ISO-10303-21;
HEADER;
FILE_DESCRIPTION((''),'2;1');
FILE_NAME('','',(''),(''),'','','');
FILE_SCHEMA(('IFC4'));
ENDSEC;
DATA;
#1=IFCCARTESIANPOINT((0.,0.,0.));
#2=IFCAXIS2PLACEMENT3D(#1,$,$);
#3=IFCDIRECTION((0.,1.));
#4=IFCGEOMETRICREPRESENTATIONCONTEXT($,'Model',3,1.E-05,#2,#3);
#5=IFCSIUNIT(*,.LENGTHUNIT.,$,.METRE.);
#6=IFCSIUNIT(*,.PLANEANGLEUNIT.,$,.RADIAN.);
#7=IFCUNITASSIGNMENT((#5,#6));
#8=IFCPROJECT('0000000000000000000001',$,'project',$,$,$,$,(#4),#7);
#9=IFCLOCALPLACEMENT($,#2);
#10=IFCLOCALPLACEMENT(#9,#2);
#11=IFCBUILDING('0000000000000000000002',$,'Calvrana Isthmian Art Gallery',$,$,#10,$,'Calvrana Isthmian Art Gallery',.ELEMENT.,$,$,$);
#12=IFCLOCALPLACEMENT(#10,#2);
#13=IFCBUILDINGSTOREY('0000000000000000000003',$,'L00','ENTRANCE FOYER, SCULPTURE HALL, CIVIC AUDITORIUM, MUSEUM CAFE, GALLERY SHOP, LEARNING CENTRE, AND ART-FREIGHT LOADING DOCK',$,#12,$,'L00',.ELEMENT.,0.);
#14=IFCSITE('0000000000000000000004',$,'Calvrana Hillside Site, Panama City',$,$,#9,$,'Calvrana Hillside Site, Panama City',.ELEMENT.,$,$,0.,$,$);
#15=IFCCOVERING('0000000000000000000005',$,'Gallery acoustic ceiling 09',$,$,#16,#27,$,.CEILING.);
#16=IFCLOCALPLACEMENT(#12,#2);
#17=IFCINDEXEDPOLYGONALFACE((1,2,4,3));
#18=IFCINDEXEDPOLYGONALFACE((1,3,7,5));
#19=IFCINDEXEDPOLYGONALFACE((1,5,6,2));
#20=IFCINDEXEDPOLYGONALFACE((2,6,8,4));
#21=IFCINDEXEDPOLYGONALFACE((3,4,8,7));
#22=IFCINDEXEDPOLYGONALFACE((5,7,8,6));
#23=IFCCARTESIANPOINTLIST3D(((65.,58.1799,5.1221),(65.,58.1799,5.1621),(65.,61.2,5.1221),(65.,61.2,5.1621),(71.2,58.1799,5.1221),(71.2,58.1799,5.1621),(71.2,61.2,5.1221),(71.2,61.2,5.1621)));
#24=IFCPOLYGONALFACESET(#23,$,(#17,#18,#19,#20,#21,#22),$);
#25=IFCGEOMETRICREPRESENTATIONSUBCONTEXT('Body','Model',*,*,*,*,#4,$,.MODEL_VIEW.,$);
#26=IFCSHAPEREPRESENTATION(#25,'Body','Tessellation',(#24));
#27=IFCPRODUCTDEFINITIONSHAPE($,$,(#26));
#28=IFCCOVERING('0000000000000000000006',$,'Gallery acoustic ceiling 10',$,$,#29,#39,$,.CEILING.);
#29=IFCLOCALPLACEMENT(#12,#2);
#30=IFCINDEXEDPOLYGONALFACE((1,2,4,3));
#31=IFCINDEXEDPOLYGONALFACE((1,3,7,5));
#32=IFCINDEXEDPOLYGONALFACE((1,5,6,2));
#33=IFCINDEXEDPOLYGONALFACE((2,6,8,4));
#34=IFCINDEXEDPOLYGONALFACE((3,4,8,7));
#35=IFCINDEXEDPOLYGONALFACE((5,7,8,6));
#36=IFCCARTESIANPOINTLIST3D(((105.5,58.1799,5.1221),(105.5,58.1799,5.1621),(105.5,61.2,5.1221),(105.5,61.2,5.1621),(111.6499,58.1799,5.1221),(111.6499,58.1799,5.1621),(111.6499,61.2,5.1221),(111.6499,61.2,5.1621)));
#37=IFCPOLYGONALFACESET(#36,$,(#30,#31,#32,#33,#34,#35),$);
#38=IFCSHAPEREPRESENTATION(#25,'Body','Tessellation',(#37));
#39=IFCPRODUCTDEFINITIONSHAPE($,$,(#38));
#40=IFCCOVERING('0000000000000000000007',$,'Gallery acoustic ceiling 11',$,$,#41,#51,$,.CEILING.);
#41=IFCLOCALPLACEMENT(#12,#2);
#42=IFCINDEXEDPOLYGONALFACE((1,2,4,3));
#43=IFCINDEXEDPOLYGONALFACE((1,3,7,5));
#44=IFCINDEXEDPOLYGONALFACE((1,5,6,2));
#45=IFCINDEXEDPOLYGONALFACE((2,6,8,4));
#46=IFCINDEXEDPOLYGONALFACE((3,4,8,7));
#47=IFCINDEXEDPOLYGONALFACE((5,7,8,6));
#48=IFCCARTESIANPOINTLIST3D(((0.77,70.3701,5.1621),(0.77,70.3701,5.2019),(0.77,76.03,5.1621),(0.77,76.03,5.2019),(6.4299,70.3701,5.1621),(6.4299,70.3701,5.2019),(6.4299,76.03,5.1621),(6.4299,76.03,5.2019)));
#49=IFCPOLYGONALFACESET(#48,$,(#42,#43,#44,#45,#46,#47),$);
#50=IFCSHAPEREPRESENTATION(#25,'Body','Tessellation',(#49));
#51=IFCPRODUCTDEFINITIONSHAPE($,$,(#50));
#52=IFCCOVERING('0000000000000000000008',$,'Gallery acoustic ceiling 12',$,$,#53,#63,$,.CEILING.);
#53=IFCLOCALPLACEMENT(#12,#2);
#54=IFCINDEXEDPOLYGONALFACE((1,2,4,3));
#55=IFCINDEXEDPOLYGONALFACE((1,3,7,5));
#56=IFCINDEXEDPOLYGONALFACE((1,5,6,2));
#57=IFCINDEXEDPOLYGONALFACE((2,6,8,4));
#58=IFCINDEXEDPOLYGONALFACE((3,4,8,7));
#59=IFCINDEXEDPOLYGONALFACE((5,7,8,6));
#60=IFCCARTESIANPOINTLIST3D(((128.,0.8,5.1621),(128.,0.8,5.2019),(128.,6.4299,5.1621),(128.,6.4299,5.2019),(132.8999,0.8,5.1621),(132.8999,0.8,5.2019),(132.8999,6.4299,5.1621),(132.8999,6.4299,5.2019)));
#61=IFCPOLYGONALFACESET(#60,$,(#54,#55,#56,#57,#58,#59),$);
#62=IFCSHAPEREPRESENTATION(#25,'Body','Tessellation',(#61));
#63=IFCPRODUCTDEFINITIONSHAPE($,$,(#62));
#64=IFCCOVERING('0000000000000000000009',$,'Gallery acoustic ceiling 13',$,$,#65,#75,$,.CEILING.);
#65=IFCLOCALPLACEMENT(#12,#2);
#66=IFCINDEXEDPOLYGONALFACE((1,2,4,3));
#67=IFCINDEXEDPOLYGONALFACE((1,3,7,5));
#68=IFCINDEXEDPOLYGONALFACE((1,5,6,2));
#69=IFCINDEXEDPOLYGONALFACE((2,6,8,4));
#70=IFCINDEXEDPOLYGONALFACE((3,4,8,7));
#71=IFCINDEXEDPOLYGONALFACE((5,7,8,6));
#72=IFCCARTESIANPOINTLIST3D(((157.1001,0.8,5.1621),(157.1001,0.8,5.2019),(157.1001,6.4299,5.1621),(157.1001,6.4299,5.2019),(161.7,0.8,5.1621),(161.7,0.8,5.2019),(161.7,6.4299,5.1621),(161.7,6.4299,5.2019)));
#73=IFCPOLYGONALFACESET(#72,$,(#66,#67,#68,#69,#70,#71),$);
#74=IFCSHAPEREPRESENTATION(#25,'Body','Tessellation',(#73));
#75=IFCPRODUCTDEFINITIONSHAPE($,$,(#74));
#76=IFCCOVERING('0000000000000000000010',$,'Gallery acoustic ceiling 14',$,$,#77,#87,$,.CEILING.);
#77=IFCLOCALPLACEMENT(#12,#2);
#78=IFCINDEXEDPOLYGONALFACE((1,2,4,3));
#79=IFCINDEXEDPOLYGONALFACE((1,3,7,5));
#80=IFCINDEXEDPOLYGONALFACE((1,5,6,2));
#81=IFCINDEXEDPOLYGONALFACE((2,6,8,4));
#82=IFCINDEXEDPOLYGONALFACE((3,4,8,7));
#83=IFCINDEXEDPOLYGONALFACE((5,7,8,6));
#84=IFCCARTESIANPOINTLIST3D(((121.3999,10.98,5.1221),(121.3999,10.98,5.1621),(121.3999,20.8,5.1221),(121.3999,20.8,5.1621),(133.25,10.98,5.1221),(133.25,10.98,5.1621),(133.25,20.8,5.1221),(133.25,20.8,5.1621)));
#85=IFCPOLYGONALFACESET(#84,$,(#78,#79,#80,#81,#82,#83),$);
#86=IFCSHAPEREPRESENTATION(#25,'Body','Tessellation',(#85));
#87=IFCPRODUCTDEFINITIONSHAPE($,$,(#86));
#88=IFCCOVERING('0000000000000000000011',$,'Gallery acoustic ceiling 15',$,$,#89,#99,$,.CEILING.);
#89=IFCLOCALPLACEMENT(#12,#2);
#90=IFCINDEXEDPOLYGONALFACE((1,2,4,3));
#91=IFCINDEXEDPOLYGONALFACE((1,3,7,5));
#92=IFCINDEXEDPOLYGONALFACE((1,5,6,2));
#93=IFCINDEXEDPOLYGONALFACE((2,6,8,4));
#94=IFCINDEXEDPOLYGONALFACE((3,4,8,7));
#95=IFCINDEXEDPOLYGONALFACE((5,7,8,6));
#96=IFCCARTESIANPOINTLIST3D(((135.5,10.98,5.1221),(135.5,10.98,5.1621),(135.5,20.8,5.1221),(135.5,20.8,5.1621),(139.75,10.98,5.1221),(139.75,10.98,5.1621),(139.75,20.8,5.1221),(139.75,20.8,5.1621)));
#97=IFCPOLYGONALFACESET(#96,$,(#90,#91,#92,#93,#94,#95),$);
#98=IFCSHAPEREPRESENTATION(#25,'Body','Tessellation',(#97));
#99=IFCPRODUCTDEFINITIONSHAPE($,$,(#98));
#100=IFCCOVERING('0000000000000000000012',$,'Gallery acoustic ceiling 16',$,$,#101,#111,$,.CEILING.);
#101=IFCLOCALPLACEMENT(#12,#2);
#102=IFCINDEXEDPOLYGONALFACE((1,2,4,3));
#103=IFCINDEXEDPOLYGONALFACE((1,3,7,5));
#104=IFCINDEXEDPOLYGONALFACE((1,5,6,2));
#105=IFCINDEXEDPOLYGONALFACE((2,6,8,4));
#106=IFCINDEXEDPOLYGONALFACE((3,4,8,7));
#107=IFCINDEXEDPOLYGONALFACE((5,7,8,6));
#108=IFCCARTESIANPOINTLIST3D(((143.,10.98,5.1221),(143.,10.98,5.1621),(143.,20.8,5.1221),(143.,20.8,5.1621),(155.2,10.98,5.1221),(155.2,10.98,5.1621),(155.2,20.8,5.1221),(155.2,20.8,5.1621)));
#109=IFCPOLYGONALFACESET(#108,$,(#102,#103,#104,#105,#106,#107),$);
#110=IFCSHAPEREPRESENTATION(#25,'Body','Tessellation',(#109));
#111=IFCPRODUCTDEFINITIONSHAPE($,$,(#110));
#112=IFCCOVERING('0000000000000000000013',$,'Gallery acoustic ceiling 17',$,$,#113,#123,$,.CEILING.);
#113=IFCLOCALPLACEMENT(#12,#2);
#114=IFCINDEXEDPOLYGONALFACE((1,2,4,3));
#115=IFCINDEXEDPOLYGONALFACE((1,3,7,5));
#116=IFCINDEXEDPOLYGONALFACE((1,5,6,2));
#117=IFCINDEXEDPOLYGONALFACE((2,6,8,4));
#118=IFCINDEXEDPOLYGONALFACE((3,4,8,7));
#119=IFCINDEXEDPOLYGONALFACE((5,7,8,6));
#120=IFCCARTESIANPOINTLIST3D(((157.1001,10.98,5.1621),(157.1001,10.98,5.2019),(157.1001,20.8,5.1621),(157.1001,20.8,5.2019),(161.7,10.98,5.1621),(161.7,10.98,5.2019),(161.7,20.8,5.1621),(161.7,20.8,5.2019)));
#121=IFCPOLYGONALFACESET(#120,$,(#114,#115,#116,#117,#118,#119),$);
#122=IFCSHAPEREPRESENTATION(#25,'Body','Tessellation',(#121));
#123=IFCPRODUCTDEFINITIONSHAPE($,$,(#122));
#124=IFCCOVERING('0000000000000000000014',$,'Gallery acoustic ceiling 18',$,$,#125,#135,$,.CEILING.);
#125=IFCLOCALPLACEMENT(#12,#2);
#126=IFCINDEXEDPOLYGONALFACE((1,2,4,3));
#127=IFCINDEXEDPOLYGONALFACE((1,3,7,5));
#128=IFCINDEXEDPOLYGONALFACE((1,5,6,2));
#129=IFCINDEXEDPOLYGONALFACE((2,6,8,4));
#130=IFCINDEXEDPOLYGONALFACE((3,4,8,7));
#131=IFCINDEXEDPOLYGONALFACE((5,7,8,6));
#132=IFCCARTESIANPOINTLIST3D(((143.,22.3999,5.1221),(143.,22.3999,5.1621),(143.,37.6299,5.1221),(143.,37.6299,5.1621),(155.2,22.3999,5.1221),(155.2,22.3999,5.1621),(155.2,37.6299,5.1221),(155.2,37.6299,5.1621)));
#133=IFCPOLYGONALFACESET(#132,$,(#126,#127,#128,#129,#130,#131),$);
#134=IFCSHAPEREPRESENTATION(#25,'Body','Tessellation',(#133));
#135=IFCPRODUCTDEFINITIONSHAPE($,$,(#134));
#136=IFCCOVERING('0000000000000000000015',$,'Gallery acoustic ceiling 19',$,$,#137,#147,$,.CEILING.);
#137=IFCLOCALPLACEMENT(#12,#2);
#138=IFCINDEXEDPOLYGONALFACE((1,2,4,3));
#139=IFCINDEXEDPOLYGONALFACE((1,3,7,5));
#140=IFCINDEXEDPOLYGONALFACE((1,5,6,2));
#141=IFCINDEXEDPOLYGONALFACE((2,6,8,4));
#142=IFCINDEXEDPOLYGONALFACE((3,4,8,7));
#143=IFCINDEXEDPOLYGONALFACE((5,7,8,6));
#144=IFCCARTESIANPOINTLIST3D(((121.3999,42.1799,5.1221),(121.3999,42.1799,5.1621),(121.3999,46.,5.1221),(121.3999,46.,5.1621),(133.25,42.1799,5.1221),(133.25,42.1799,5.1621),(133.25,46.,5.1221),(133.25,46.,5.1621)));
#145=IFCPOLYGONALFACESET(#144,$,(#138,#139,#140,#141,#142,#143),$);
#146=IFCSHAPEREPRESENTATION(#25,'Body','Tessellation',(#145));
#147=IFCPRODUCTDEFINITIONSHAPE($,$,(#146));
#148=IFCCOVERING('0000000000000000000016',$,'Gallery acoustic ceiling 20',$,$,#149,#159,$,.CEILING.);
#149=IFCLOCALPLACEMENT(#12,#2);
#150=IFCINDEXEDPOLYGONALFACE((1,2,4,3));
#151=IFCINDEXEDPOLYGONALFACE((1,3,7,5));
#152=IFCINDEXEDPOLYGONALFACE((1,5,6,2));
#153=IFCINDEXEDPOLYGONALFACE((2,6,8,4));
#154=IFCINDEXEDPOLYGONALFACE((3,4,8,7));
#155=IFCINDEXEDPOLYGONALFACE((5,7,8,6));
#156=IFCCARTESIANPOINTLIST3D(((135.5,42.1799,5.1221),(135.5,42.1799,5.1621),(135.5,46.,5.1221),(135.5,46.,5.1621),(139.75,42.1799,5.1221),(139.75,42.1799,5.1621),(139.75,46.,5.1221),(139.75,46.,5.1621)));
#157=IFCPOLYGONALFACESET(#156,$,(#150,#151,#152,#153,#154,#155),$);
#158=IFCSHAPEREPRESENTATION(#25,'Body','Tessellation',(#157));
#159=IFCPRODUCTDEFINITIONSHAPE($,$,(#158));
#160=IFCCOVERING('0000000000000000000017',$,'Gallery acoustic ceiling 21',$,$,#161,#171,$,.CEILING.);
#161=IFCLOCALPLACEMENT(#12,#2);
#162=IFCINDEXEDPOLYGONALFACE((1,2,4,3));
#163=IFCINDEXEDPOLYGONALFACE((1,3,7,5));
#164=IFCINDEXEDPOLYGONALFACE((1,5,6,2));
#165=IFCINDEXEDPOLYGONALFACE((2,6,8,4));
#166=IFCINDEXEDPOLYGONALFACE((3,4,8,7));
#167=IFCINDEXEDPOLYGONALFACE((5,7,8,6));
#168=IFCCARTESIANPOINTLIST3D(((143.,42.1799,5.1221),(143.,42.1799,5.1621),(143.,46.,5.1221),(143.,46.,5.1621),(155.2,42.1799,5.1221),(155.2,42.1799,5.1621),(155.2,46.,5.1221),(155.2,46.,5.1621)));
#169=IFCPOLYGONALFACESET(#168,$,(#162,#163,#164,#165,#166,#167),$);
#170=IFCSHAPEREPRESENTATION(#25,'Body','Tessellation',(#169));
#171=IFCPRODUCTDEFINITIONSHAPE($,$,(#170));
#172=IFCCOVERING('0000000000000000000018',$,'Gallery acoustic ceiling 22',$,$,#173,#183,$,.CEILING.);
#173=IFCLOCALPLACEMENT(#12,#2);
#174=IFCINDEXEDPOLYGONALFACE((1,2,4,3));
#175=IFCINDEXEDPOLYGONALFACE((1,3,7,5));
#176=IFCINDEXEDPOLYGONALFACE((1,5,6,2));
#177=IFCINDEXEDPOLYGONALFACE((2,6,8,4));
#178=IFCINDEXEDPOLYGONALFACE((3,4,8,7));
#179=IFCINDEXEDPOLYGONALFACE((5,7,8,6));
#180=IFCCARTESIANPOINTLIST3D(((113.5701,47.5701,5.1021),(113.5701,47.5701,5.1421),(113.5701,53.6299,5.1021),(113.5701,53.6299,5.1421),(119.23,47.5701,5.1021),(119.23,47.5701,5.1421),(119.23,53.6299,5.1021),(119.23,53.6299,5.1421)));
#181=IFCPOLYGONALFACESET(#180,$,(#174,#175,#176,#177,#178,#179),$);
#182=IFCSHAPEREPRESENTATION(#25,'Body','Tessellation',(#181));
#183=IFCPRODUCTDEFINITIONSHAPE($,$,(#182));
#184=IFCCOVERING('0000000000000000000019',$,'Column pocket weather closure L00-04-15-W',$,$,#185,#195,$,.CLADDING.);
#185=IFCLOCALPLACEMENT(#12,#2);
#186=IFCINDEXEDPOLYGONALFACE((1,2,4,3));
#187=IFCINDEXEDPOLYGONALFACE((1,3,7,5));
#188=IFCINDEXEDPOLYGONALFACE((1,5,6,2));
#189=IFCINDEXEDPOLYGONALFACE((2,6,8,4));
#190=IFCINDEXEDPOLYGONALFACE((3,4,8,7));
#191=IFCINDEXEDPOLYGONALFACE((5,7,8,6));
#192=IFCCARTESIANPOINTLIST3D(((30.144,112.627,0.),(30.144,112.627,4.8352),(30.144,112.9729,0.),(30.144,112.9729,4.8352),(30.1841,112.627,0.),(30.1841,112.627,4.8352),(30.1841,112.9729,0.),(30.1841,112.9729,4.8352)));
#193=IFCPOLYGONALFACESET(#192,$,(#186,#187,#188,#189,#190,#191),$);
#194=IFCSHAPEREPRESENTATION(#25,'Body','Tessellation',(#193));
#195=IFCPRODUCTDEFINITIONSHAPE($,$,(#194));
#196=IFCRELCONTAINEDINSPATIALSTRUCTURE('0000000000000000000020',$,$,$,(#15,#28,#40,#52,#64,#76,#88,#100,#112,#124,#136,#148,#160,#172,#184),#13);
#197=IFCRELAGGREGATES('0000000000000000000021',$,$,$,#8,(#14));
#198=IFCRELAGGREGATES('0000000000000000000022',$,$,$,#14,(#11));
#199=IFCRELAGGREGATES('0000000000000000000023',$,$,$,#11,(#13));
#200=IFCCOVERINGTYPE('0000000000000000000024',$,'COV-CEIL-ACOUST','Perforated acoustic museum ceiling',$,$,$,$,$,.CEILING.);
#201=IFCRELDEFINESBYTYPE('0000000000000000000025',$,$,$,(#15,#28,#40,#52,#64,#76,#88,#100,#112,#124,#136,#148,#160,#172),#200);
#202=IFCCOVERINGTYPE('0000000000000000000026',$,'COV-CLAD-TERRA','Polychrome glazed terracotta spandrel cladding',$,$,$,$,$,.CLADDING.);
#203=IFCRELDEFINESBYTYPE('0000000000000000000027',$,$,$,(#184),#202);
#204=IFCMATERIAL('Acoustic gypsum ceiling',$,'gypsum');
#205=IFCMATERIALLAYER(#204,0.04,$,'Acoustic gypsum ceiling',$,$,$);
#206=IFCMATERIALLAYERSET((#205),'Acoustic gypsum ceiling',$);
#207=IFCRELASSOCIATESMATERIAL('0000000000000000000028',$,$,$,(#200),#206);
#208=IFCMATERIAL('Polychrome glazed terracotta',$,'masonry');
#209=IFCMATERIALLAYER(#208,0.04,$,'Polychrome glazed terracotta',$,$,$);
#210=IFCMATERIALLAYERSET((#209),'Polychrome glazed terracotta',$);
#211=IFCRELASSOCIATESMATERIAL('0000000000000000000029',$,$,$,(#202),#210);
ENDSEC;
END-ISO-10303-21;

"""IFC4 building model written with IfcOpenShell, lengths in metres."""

from ifc_helpers import new_model, si_unit, direction, frame, origin, place, context, subcontext, project, spatial, polyline, outline, extrude, material, layer, layer_set, type_object, element, save


model = new_model("IFC4")

# Units and contexts
model_context = context("Model", 3, precision=1e-05, world=origin(), true_north=direction((0.0, 1.0)))
body_context = subcontext(model_context, "Body", "Model", "MODEL_VIEW")
ifc_project = project(units=[si_unit("LENGTHUNIT", "METRE"), si_unit("PLANEANGLEUNIT", "RADIAN")], contexts=[model_context])

# Site, building, storey
site_placement = place(None, origin())
site = spatial("IfcSite", under=ifc_project, at=site_placement, Name="Calvrana Hillside Site, Panama City", LongName="Calvrana Hillside Site, Panama City", CompositionType="ELEMENT", RefElevation=0.0)
building_placement = place(site_placement, origin())
building = spatial("IfcBuilding", under=site, at=building_placement, Name="Calvrana Isthmian Art Gallery", LongName="Calvrana Isthmian Art Gallery", CompositionType="ELEMENT")
storey_placement = place(building_placement, origin())
storey = spatial("IfcBuildingStorey", under=building, at=storey_placement, Name="L00", Description="ENTRANCE FOYER, SCULPTURE HALL, CIVIC AUDITORIUM, MUSEUM CAFE, GALLERY SHOP, LEARNING CENTRE, AND ART-FREIGHT LOADING DOCK", LongName="L00", CompositionType="ELEMENT", Elevation=0.0)

# Coverings
ifc_material_1 = material(Name="Acoustic gypsum ceiling", Category="gypsum")
ifc_layer_1 = layer(ifc_material_1, 0.04, Name="Acoustic gypsum ceiling")
ifc_layer_set_1 = layer_set([ifc_layer_1], Name="Acoustic gypsum ceiling")
covering_type_1 = type_object("IfcCoveringType", Name="COV-CEIL-ACOUST", Description="Perforated acoustic museum ceiling", PredefinedType="CEILING", material=ifc_layer_set_1)
covering_1_placement = place(storey_placement, frame((0.0, 0.0, 5.1221)))
element("IfcCovering", 1, at=covering_1_placement, inside=storey, type_object=covering_type_1, Name="Gallery acoustic ceiling 09", PredefinedType="CEILING", context=body_context, shape_type="SweptSolid", body=[
    extrude(outline(polyline([(65.0, 58.1799), (71.2, 58.1799), (71.2, 61.2), (65.0, 61.2), (65.0, 58.1799)])), origin(), (0.0, 0.0, 1.0), 0.04),
])
covering_2_placement = place(storey_placement, frame((0.0, 0.0, 5.1221)))
element("IfcCovering", 2, at=covering_2_placement, inside=storey, type_object=covering_type_1, Name="Gallery acoustic ceiling 10", PredefinedType="CEILING", context=body_context, shape_type="SweptSolid", body=[
    extrude(outline(polyline([(105.5, 58.1799), (111.6499, 58.1799), (111.6499, 61.2), (105.5, 61.2), (105.5, 58.1799)])), origin(), (0.0, 0.0, 1.0), 0.04),
])
covering_3_placement = place(storey_placement, frame((0.0, 0.0, 5.1621)))
element("IfcCovering", 3, at=covering_3_placement, inside=storey, type_object=covering_type_1, Name="Gallery acoustic ceiling 11", PredefinedType="CEILING", context=body_context, shape_type="SweptSolid", body=[
    extrude(outline(polyline([(0.77, 70.3701), (6.4299, 70.3701), (6.4299, 76.03), (0.77, 76.03), (0.77, 70.3701)])), origin(), (0.0, 0.0, 1.0), 0.0398),
])
covering_4_placement = place(storey_placement, frame((0.0, 0.0, 5.1621)))
element("IfcCovering", 4, at=covering_4_placement, inside=storey, type_object=covering_type_1, Name="Gallery acoustic ceiling 12", PredefinedType="CEILING", context=body_context, shape_type="SweptSolid", body=[
    extrude(outline(polyline([(128.0, 0.8), (132.8999, 0.8), (132.8999, 6.4299), (128.0, 6.4299), (128.0, 0.8)])), origin(), (0.0, 0.0, 1.0), 0.0398),
])
covering_5_placement = place(storey_placement, frame((0.0, 0.0, 5.1621)))
element("IfcCovering", 5, at=covering_5_placement, inside=storey, type_object=covering_type_1, Name="Gallery acoustic ceiling 13", PredefinedType="CEILING", context=body_context, shape_type="SweptSolid", body=[
    extrude(outline(polyline([(157.1001, 0.8), (161.7, 0.8), (161.7, 6.4299), (157.1001, 6.4299), (157.1001, 0.8)])), origin(), (0.0, 0.0, 1.0), 0.0398),
])
covering_6_placement = place(storey_placement, frame((0.0, 0.0, 5.1221)))
element("IfcCovering", 6, at=covering_6_placement, inside=storey, type_object=covering_type_1, Name="Gallery acoustic ceiling 14", PredefinedType="CEILING", context=body_context, shape_type="SweptSolid", body=[
    extrude(outline(polyline([(121.3999, 10.98), (133.25, 10.98), (133.25, 20.8), (121.3999, 20.8), (121.3999, 10.98)])), origin(), (0.0, 0.0, 1.0), 0.04),
])
covering_7_placement = place(storey_placement, frame((0.0, 0.0, 5.1221)))
element("IfcCovering", 7, at=covering_7_placement, inside=storey, type_object=covering_type_1, Name="Gallery acoustic ceiling 15", PredefinedType="CEILING", context=body_context, shape_type="SweptSolid", body=[
    extrude(outline(polyline([(135.5, 10.98), (139.75, 10.98), (139.75, 20.8), (135.5, 20.8), (135.5, 10.98)])), origin(), (0.0, 0.0, 1.0), 0.04),
])
covering_8_placement = place(storey_placement, frame((0.0, 0.0, 5.1221)))
element("IfcCovering", 8, at=covering_8_placement, inside=storey, type_object=covering_type_1, Name="Gallery acoustic ceiling 16", PredefinedType="CEILING", context=body_context, shape_type="SweptSolid", body=[
    extrude(outline(polyline([(143.0, 10.98), (155.2, 10.98), (155.2, 20.8), (143.0, 20.8), (143.0, 10.98)])), origin(), (0.0, 0.0, 1.0), 0.04),
])
covering_9_placement = place(storey_placement, frame((0.0, 0.0, 5.1621)))
element("IfcCovering", 9, at=covering_9_placement, inside=storey, type_object=covering_type_1, Name="Gallery acoustic ceiling 17", PredefinedType="CEILING", context=body_context, shape_type="SweptSolid", body=[
    extrude(outline(polyline([(157.1001, 10.98), (161.7, 10.98), (161.7, 20.8), (157.1001, 20.8), (157.1001, 10.98)])), origin(), (0.0, 0.0, 1.0), 0.0398),
])
covering_10_placement = place(storey_placement, frame((0.0, 0.0, 5.1221)))
element("IfcCovering", 10, at=covering_10_placement, inside=storey, type_object=covering_type_1, Name="Gallery acoustic ceiling 18", PredefinedType="CEILING", context=body_context, shape_type="SweptSolid", body=[
    extrude(outline(polyline([(143.0, 22.3999), (155.2, 22.3999), (155.2, 37.6299), (143.0, 37.6299), (143.0, 22.3999)])), origin(), (0.0, 0.0, 1.0), 0.04),
])
covering_11_placement = place(storey_placement, frame((0.0, 0.0, 5.1221)))
element("IfcCovering", 11, at=covering_11_placement, inside=storey, type_object=covering_type_1, Name="Gallery acoustic ceiling 19", PredefinedType="CEILING", context=body_context, shape_type="SweptSolid", body=[
    extrude(outline(polyline([(121.3999, 42.1799), (133.25, 42.1799), (133.25, 46.0), (121.3999, 46.0), (121.3999, 42.1799)])), origin(), (0.0, 0.0, 1.0), 0.04),
])
covering_12_placement = place(storey_placement, frame((0.0, 0.0, 5.1221)))
element("IfcCovering", 12, at=covering_12_placement, inside=storey, type_object=covering_type_1, Name="Gallery acoustic ceiling 20", PredefinedType="CEILING", context=body_context, shape_type="SweptSolid", body=[
    extrude(outline(polyline([(135.5, 42.1799), (139.75, 42.1799), (139.75, 46.0), (135.5, 46.0), (135.5, 42.1799)])), origin(), (0.0, 0.0, 1.0), 0.04),
])
covering_13_placement = place(storey_placement, frame((0.0, 0.0, 5.1221)))
element("IfcCovering", 13, at=covering_13_placement, inside=storey, type_object=covering_type_1, Name="Gallery acoustic ceiling 21", PredefinedType="CEILING", context=body_context, shape_type="SweptSolid", body=[
    extrude(outline(polyline([(143.0, 42.1799), (155.2, 42.1799), (155.2, 46.0), (143.0, 46.0), (143.0, 42.1799)])), origin(), (0.0, 0.0, 1.0), 0.04),
])
covering_14_placement = place(storey_placement, frame((0.0, 0.0, 5.1021)))
element("IfcCovering", 14, at=covering_14_placement, inside=storey, type_object=covering_type_1, Name="Gallery acoustic ceiling 22", PredefinedType="CEILING", context=body_context, shape_type="SweptSolid", body=[
    extrude(outline(polyline([(113.5701, 47.5701), (119.23, 47.5701), (119.23, 53.6299), (113.5701, 53.6299), (113.5701, 47.5701)])), origin(), (0.0, 0.0, 1.0), 0.04),
])
ifc_material_2 = material(Name="Polychrome glazed terracotta", Category="masonry")
ifc_layer_2 = layer(ifc_material_2, 0.04, Name="Polychrome glazed terracotta")
ifc_layer_set_2 = layer_set([ifc_layer_2], Name="Polychrome glazed terracotta")
covering_type_2 = type_object("IfcCoveringType", Name="COV-CLAD-TERRA", Description="Polychrome glazed terracotta spandrel cladding", PredefinedType="CLADDING", material=ifc_layer_set_2)
covering_15_placement = place(storey_placement, origin())
element("IfcCovering", 15, at=covering_15_placement, inside=storey, type_object=covering_type_2, Name="Column pocket weather closure L00-04-15-W", PredefinedType="CLADDING", context=body_context, shape_type="SweptSolid", body=[
    extrude(outline(polyline([(30.144, 112.627), (30.1841, 112.627), (30.1841, 112.9729), (30.144, 112.9729), (30.144, 112.627)])), origin(), (0.0, 0.0, 1.0), 4.8352),
])

save(model, "model.ifc")
